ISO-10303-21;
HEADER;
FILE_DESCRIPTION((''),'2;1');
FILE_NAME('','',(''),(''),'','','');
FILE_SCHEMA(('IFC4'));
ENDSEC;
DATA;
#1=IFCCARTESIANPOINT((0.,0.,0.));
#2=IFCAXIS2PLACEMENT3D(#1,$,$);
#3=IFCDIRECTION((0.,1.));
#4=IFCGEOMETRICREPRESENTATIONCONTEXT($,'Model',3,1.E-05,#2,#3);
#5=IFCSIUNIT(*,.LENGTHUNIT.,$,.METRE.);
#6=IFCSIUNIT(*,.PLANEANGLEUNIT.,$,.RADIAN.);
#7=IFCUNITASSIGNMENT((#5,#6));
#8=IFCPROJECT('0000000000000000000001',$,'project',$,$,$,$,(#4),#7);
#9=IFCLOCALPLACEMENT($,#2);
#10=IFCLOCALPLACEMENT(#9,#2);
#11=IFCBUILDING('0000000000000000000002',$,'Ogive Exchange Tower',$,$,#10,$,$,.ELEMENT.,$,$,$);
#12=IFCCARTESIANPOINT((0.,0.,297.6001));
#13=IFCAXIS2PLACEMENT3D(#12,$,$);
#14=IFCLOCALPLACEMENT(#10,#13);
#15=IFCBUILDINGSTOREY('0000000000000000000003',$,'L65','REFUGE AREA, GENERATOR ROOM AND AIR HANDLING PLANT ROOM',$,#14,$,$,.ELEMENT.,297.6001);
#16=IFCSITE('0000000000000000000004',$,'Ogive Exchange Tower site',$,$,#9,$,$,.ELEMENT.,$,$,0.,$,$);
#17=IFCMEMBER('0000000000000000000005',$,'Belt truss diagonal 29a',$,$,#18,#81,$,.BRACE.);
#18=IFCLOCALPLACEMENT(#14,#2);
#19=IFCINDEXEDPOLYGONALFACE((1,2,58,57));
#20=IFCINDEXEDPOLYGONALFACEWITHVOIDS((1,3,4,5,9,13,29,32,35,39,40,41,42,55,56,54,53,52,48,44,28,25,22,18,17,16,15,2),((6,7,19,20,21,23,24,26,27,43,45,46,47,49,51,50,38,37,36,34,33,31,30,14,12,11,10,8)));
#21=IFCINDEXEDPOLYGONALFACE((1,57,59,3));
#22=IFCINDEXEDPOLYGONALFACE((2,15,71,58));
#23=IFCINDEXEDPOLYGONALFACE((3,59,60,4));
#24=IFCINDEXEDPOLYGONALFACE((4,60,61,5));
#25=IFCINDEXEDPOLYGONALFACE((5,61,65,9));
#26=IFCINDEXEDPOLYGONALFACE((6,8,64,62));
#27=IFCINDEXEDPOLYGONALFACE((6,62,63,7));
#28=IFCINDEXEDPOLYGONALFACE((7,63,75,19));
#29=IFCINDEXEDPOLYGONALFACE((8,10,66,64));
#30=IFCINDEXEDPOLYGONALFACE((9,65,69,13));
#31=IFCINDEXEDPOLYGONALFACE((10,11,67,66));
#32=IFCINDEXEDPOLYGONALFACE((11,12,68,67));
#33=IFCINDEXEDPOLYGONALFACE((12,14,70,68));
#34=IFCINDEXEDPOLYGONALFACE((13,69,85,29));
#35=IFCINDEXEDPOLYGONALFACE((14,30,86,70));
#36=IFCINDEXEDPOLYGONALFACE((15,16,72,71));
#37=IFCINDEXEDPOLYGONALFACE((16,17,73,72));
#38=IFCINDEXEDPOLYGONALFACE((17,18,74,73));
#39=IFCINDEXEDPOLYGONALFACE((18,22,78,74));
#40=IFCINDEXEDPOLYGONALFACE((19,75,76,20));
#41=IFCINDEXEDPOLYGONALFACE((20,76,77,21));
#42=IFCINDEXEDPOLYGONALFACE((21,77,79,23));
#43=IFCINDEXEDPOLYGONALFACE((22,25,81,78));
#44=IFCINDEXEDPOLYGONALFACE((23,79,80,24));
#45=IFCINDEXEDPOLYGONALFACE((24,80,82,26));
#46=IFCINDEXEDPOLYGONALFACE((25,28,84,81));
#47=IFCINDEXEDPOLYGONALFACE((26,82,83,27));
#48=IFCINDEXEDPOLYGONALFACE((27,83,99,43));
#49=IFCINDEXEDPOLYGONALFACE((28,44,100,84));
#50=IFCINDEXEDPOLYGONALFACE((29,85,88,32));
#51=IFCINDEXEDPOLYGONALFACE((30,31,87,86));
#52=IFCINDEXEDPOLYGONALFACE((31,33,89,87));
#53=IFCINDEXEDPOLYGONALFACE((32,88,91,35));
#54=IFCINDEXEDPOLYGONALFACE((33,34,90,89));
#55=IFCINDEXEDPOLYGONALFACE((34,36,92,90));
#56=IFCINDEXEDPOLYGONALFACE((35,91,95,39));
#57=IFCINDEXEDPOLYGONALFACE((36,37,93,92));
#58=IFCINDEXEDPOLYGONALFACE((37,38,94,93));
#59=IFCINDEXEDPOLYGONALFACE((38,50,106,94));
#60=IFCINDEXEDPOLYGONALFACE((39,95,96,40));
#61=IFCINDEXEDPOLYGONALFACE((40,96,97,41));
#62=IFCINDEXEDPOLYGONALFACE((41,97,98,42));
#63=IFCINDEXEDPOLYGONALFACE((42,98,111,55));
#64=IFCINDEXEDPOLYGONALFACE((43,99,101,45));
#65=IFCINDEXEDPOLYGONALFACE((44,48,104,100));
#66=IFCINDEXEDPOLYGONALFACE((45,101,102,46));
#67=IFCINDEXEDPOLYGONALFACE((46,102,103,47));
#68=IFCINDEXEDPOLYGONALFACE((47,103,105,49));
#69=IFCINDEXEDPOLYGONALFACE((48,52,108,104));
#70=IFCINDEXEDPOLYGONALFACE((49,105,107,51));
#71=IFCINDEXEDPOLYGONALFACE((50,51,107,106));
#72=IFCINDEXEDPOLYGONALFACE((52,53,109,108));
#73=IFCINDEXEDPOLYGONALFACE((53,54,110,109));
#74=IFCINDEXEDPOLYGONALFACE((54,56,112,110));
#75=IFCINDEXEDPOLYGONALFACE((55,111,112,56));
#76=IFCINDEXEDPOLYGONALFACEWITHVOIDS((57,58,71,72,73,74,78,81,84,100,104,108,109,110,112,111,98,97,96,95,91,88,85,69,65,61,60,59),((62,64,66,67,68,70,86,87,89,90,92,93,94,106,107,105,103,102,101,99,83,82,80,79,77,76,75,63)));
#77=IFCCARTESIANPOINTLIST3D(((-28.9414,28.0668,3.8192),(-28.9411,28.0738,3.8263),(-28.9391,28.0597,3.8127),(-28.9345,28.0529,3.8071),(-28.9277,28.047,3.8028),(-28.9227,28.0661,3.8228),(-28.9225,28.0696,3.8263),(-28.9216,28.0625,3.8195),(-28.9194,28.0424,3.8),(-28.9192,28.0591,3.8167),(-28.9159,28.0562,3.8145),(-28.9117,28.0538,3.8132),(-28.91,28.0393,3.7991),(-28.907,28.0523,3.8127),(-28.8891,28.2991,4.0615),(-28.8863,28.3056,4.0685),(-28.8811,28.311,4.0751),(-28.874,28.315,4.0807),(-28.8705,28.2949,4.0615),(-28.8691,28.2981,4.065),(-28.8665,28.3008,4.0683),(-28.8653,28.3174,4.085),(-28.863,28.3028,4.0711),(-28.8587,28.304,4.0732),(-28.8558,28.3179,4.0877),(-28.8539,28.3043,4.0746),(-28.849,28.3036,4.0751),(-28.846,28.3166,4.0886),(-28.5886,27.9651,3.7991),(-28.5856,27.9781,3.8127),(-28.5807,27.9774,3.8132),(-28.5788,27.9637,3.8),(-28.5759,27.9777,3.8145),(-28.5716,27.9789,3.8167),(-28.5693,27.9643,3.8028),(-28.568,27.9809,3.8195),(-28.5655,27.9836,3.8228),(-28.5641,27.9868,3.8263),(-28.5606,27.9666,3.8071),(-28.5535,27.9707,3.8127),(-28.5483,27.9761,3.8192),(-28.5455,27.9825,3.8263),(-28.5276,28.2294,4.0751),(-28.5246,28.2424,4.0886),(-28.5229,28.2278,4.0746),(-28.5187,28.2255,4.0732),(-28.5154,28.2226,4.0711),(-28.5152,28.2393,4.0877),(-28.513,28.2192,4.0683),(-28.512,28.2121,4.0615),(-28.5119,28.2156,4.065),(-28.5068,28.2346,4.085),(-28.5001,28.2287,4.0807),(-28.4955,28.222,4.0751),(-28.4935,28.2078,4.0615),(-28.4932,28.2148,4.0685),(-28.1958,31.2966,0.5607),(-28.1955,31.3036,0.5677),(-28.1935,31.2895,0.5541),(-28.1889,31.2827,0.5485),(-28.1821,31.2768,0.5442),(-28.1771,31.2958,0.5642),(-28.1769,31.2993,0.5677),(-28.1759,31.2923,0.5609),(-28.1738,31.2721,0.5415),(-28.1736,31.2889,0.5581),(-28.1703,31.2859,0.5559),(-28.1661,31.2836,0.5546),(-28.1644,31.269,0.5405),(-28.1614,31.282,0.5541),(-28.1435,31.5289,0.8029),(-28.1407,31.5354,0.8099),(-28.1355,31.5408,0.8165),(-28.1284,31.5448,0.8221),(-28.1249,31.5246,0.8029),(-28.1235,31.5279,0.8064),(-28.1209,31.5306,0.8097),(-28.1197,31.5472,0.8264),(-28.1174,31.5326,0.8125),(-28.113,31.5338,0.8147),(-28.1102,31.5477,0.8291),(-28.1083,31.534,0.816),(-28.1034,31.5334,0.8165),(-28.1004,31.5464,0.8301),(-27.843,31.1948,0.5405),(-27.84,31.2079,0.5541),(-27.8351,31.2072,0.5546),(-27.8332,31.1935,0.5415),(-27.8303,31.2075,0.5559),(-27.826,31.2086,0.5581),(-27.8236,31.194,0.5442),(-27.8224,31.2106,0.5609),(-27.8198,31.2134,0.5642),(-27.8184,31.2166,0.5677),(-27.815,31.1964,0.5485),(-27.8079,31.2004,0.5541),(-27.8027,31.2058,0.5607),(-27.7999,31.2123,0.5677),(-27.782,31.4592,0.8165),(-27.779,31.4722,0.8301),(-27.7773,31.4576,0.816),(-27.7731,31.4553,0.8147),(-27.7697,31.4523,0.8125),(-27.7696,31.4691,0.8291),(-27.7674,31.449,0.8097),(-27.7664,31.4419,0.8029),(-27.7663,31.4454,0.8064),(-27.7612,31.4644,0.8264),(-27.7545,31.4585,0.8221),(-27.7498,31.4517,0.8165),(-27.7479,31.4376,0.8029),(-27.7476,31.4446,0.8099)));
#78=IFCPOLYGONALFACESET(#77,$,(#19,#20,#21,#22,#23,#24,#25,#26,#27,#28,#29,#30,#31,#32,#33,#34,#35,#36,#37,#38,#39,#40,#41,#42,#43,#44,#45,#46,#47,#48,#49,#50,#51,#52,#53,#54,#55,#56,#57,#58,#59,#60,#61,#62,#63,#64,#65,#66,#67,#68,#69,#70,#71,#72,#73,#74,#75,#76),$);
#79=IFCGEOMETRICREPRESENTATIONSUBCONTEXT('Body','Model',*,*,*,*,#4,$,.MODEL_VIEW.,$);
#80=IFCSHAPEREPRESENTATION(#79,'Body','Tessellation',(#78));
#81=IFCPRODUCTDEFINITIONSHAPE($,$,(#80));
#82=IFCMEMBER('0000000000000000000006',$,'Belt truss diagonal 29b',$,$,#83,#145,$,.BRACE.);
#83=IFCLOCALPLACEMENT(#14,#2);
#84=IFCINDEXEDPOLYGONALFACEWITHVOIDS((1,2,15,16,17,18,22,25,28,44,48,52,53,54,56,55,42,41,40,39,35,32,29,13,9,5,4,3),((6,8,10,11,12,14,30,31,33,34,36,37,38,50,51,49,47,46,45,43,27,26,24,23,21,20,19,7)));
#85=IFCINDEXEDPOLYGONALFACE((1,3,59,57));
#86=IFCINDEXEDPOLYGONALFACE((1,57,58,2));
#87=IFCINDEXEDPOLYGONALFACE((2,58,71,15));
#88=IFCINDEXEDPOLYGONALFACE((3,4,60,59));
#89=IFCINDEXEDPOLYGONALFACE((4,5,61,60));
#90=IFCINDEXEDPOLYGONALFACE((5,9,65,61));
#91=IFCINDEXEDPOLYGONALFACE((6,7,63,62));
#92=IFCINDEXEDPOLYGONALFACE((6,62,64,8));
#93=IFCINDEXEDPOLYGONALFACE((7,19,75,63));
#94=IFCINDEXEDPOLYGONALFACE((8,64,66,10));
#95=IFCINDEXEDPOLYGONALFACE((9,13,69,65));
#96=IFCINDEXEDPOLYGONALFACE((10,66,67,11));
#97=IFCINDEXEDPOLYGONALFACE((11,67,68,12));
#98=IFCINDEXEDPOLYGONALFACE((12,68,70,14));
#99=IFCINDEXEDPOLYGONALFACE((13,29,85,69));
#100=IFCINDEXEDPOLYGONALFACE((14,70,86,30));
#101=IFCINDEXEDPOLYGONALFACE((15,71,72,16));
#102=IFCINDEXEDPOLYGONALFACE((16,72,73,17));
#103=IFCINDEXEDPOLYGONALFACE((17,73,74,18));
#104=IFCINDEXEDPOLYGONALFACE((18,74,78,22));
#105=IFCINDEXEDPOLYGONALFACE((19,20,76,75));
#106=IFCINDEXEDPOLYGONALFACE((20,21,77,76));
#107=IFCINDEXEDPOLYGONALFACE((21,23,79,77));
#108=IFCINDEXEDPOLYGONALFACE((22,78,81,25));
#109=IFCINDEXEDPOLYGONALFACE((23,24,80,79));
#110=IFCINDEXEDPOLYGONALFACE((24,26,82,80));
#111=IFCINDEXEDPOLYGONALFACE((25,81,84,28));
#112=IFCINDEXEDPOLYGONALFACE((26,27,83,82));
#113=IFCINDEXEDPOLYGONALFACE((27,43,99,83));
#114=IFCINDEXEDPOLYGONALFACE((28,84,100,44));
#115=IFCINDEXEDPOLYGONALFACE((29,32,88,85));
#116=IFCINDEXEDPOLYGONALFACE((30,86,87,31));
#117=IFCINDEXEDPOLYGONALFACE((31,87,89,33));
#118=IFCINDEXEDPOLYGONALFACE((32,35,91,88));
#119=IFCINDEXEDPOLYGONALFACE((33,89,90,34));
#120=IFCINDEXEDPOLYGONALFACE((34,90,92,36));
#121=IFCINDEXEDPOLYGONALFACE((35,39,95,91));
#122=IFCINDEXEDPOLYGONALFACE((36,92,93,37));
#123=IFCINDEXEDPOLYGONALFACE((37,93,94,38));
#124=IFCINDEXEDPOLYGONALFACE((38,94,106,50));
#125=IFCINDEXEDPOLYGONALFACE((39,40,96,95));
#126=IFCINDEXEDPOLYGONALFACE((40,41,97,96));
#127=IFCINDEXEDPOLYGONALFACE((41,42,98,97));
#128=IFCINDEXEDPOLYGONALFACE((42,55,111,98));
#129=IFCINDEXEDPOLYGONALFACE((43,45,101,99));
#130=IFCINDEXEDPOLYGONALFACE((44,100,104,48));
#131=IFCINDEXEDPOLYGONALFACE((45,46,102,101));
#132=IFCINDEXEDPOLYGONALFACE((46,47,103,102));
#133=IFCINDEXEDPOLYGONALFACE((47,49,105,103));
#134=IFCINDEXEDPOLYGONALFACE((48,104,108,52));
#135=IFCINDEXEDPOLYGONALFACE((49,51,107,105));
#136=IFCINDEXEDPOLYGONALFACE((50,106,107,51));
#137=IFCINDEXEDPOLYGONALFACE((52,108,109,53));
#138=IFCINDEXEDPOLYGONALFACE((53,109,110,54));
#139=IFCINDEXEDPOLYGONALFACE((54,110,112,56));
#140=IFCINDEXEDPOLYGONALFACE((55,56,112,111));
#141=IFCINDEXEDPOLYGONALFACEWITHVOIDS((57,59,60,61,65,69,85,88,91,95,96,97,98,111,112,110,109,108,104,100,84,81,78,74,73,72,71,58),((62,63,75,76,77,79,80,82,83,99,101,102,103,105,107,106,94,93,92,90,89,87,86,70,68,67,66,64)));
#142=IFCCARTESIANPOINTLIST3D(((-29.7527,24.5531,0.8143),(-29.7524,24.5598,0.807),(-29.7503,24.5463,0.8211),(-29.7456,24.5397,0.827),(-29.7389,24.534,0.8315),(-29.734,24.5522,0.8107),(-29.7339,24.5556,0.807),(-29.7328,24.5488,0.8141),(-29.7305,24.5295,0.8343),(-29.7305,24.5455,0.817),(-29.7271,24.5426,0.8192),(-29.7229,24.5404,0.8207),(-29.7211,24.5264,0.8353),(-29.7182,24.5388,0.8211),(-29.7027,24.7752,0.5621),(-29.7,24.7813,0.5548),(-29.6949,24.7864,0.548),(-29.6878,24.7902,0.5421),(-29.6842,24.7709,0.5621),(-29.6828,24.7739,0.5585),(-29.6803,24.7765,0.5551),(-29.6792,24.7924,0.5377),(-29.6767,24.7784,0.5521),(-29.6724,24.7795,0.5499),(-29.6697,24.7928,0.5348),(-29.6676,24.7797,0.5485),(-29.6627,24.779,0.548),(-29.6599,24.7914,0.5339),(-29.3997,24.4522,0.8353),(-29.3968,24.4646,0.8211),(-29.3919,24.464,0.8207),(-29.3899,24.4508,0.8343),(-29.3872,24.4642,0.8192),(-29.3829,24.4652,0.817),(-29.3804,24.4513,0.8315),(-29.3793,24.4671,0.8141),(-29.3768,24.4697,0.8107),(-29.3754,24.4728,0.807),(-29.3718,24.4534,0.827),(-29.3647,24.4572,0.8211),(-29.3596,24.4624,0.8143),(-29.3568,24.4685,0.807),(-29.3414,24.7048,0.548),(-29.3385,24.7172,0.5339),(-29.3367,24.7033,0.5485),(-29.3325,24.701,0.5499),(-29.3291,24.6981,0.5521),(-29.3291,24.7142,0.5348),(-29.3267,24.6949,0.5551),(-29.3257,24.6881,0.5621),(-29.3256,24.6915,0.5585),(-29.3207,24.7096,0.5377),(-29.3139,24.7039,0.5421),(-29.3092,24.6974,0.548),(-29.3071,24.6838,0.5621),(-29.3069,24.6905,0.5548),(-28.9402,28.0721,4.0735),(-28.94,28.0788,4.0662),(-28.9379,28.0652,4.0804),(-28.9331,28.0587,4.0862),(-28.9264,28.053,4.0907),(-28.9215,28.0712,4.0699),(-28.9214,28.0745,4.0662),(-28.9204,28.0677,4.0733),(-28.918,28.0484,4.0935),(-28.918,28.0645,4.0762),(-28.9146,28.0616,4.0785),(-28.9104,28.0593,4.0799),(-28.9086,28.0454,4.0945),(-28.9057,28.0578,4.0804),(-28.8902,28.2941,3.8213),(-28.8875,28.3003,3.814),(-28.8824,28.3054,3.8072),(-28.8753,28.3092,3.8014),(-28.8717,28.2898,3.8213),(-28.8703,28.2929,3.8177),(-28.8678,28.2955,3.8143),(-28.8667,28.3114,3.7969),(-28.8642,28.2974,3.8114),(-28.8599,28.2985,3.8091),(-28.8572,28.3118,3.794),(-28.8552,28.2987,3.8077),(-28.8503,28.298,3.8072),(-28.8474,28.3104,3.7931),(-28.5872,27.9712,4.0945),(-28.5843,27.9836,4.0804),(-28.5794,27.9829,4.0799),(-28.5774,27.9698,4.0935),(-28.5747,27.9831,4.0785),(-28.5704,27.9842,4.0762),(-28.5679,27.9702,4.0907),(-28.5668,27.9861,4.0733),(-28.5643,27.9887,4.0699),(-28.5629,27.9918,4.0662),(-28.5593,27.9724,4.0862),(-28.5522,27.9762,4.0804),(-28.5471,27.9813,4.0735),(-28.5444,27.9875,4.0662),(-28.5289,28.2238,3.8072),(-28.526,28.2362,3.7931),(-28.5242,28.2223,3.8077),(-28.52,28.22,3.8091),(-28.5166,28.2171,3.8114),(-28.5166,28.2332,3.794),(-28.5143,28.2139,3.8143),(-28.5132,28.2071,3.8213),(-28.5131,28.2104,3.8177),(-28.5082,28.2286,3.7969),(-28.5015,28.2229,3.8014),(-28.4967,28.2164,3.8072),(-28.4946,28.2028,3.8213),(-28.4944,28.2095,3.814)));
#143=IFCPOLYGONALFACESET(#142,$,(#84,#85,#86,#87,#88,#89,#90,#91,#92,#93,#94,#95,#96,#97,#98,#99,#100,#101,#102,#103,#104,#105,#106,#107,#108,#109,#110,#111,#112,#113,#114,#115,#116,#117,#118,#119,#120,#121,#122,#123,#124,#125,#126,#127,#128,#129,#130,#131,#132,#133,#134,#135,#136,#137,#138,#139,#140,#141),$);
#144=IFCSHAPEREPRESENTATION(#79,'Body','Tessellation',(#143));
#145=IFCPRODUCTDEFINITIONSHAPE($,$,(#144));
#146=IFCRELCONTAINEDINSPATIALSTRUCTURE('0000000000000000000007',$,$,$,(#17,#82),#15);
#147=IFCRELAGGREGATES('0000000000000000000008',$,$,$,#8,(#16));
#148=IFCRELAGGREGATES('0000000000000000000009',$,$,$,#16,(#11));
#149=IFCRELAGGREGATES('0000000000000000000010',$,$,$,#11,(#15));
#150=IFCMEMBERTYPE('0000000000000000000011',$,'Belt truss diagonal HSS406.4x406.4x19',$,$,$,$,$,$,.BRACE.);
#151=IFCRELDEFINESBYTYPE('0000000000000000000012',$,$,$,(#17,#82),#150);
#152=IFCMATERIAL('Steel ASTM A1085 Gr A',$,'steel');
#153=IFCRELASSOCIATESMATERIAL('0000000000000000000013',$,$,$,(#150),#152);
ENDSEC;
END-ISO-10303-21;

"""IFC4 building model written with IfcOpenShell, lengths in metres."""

from ifc_helpers import new_model, si_unit, direction, frame, origin, origin_2d, place, context, subcontext, project, spatial, hollow_rectangle, extrude, material, material_profile, profile_set, type_object, element, save


model = new_model("IFC4")

# Units and contexts
model_context = context("Model", 3, precision=1e-05, world=origin(), true_north=direction((0.0, 1.0)))
body_context = subcontext(model_context, "Body", "Model", "MODEL_VIEW")
ifc_project = project(units=[si_unit("LENGTHUNIT", "METRE"), si_unit("PLANEANGLEUNIT", "RADIAN")], contexts=[model_context])

# Site, building, storey
site_placement = place(None, origin())
site = spatial("IfcSite", under=ifc_project, at=site_placement, Name="Ogive Exchange Tower site", CompositionType="ELEMENT", RefElevation=0.0)
building_placement = place(site_placement, origin())
building = spatial("IfcBuilding", under=site, at=building_placement, Name="Ogive Exchange Tower", CompositionType="ELEMENT")
storey_placement = place(building_placement, frame((0.0, 0.0, 297.6001)))
storey = spatial("IfcBuildingStorey", under=building, at=storey_placement, Name="L65", Description="REFUGE AREA, GENERATOR ROOM AND AIR HANDLING PLANT ROOM", CompositionType="ELEMENT", Elevation=297.6001)

# Members
ifc_material_1 = material(Name="Steel ASTM A1085 Gr A", Category="steel")
ifc_material_profile_1 = material_profile(ifc_material_1, hollow_rectangle(XDim=0.406, YDim=0.406, WallThickness=0.019, InnerFilletRadius=0.019, OuterFilletRadius=0.0381, at=origin_2d()), Name="HSS406.4x406.4x19")
ifc_profile_set_1 = profile_set([ifc_material_profile_1], Name="Steel ASTM A1085 Gr A")
member_type_1 = type_object("IfcMemberType", Name="Belt truss diagonal HSS406.4x406.4x19", PredefinedType="BRACE", material=ifc_profile_set_1)
member_1_placement = place(storey_placement, frame((-27.9717, 31.3706, 0.6853), z_axis=(-0.160409, -0.694844, 0.701042), x_axis=(0.974373, -0.22494, 0.0)))
element("IfcMember", 1, at=member_1_placement, inside=storey, type_object=member_type_1, Name="Belt truss diagonal 29a", PredefinedType="BRACE", context=body_context, shape_type="SweptSolid", body=[
    extrude(hollow_rectangle(XDim=0.406, YDim=0.406, WallThickness=0.019, InnerFilletRadius=0.019, OuterFilletRadius=0.0381, at=origin_2d()), origin(), (0.0, 0.0, 1.0), 4.6482),
])
member_2_placement = place(storey_placement, frame((-29.5298, 24.6218, 0.6846), z_axis=(0.167015, 0.723362, 0.669965), x_axis=(-0.974366, 0.224968, 0.0)))
element("IfcMember", 2, at=member_2_placement, inside=storey, type_object=member_type_1, Name="Belt truss diagonal 29b", PredefinedType="BRACE", context=body_context, shape_type="SweptSolid", body=[
    extrude(hollow_rectangle(XDim=0.406, YDim=0.406, WallThickness=0.019, InnerFilletRadius=0.019, OuterFilletRadius=0.0381, at=origin_2d()), origin(), (0.0, 0.0, 1.0), 4.8647),
])

save(model, "model.ifc")
